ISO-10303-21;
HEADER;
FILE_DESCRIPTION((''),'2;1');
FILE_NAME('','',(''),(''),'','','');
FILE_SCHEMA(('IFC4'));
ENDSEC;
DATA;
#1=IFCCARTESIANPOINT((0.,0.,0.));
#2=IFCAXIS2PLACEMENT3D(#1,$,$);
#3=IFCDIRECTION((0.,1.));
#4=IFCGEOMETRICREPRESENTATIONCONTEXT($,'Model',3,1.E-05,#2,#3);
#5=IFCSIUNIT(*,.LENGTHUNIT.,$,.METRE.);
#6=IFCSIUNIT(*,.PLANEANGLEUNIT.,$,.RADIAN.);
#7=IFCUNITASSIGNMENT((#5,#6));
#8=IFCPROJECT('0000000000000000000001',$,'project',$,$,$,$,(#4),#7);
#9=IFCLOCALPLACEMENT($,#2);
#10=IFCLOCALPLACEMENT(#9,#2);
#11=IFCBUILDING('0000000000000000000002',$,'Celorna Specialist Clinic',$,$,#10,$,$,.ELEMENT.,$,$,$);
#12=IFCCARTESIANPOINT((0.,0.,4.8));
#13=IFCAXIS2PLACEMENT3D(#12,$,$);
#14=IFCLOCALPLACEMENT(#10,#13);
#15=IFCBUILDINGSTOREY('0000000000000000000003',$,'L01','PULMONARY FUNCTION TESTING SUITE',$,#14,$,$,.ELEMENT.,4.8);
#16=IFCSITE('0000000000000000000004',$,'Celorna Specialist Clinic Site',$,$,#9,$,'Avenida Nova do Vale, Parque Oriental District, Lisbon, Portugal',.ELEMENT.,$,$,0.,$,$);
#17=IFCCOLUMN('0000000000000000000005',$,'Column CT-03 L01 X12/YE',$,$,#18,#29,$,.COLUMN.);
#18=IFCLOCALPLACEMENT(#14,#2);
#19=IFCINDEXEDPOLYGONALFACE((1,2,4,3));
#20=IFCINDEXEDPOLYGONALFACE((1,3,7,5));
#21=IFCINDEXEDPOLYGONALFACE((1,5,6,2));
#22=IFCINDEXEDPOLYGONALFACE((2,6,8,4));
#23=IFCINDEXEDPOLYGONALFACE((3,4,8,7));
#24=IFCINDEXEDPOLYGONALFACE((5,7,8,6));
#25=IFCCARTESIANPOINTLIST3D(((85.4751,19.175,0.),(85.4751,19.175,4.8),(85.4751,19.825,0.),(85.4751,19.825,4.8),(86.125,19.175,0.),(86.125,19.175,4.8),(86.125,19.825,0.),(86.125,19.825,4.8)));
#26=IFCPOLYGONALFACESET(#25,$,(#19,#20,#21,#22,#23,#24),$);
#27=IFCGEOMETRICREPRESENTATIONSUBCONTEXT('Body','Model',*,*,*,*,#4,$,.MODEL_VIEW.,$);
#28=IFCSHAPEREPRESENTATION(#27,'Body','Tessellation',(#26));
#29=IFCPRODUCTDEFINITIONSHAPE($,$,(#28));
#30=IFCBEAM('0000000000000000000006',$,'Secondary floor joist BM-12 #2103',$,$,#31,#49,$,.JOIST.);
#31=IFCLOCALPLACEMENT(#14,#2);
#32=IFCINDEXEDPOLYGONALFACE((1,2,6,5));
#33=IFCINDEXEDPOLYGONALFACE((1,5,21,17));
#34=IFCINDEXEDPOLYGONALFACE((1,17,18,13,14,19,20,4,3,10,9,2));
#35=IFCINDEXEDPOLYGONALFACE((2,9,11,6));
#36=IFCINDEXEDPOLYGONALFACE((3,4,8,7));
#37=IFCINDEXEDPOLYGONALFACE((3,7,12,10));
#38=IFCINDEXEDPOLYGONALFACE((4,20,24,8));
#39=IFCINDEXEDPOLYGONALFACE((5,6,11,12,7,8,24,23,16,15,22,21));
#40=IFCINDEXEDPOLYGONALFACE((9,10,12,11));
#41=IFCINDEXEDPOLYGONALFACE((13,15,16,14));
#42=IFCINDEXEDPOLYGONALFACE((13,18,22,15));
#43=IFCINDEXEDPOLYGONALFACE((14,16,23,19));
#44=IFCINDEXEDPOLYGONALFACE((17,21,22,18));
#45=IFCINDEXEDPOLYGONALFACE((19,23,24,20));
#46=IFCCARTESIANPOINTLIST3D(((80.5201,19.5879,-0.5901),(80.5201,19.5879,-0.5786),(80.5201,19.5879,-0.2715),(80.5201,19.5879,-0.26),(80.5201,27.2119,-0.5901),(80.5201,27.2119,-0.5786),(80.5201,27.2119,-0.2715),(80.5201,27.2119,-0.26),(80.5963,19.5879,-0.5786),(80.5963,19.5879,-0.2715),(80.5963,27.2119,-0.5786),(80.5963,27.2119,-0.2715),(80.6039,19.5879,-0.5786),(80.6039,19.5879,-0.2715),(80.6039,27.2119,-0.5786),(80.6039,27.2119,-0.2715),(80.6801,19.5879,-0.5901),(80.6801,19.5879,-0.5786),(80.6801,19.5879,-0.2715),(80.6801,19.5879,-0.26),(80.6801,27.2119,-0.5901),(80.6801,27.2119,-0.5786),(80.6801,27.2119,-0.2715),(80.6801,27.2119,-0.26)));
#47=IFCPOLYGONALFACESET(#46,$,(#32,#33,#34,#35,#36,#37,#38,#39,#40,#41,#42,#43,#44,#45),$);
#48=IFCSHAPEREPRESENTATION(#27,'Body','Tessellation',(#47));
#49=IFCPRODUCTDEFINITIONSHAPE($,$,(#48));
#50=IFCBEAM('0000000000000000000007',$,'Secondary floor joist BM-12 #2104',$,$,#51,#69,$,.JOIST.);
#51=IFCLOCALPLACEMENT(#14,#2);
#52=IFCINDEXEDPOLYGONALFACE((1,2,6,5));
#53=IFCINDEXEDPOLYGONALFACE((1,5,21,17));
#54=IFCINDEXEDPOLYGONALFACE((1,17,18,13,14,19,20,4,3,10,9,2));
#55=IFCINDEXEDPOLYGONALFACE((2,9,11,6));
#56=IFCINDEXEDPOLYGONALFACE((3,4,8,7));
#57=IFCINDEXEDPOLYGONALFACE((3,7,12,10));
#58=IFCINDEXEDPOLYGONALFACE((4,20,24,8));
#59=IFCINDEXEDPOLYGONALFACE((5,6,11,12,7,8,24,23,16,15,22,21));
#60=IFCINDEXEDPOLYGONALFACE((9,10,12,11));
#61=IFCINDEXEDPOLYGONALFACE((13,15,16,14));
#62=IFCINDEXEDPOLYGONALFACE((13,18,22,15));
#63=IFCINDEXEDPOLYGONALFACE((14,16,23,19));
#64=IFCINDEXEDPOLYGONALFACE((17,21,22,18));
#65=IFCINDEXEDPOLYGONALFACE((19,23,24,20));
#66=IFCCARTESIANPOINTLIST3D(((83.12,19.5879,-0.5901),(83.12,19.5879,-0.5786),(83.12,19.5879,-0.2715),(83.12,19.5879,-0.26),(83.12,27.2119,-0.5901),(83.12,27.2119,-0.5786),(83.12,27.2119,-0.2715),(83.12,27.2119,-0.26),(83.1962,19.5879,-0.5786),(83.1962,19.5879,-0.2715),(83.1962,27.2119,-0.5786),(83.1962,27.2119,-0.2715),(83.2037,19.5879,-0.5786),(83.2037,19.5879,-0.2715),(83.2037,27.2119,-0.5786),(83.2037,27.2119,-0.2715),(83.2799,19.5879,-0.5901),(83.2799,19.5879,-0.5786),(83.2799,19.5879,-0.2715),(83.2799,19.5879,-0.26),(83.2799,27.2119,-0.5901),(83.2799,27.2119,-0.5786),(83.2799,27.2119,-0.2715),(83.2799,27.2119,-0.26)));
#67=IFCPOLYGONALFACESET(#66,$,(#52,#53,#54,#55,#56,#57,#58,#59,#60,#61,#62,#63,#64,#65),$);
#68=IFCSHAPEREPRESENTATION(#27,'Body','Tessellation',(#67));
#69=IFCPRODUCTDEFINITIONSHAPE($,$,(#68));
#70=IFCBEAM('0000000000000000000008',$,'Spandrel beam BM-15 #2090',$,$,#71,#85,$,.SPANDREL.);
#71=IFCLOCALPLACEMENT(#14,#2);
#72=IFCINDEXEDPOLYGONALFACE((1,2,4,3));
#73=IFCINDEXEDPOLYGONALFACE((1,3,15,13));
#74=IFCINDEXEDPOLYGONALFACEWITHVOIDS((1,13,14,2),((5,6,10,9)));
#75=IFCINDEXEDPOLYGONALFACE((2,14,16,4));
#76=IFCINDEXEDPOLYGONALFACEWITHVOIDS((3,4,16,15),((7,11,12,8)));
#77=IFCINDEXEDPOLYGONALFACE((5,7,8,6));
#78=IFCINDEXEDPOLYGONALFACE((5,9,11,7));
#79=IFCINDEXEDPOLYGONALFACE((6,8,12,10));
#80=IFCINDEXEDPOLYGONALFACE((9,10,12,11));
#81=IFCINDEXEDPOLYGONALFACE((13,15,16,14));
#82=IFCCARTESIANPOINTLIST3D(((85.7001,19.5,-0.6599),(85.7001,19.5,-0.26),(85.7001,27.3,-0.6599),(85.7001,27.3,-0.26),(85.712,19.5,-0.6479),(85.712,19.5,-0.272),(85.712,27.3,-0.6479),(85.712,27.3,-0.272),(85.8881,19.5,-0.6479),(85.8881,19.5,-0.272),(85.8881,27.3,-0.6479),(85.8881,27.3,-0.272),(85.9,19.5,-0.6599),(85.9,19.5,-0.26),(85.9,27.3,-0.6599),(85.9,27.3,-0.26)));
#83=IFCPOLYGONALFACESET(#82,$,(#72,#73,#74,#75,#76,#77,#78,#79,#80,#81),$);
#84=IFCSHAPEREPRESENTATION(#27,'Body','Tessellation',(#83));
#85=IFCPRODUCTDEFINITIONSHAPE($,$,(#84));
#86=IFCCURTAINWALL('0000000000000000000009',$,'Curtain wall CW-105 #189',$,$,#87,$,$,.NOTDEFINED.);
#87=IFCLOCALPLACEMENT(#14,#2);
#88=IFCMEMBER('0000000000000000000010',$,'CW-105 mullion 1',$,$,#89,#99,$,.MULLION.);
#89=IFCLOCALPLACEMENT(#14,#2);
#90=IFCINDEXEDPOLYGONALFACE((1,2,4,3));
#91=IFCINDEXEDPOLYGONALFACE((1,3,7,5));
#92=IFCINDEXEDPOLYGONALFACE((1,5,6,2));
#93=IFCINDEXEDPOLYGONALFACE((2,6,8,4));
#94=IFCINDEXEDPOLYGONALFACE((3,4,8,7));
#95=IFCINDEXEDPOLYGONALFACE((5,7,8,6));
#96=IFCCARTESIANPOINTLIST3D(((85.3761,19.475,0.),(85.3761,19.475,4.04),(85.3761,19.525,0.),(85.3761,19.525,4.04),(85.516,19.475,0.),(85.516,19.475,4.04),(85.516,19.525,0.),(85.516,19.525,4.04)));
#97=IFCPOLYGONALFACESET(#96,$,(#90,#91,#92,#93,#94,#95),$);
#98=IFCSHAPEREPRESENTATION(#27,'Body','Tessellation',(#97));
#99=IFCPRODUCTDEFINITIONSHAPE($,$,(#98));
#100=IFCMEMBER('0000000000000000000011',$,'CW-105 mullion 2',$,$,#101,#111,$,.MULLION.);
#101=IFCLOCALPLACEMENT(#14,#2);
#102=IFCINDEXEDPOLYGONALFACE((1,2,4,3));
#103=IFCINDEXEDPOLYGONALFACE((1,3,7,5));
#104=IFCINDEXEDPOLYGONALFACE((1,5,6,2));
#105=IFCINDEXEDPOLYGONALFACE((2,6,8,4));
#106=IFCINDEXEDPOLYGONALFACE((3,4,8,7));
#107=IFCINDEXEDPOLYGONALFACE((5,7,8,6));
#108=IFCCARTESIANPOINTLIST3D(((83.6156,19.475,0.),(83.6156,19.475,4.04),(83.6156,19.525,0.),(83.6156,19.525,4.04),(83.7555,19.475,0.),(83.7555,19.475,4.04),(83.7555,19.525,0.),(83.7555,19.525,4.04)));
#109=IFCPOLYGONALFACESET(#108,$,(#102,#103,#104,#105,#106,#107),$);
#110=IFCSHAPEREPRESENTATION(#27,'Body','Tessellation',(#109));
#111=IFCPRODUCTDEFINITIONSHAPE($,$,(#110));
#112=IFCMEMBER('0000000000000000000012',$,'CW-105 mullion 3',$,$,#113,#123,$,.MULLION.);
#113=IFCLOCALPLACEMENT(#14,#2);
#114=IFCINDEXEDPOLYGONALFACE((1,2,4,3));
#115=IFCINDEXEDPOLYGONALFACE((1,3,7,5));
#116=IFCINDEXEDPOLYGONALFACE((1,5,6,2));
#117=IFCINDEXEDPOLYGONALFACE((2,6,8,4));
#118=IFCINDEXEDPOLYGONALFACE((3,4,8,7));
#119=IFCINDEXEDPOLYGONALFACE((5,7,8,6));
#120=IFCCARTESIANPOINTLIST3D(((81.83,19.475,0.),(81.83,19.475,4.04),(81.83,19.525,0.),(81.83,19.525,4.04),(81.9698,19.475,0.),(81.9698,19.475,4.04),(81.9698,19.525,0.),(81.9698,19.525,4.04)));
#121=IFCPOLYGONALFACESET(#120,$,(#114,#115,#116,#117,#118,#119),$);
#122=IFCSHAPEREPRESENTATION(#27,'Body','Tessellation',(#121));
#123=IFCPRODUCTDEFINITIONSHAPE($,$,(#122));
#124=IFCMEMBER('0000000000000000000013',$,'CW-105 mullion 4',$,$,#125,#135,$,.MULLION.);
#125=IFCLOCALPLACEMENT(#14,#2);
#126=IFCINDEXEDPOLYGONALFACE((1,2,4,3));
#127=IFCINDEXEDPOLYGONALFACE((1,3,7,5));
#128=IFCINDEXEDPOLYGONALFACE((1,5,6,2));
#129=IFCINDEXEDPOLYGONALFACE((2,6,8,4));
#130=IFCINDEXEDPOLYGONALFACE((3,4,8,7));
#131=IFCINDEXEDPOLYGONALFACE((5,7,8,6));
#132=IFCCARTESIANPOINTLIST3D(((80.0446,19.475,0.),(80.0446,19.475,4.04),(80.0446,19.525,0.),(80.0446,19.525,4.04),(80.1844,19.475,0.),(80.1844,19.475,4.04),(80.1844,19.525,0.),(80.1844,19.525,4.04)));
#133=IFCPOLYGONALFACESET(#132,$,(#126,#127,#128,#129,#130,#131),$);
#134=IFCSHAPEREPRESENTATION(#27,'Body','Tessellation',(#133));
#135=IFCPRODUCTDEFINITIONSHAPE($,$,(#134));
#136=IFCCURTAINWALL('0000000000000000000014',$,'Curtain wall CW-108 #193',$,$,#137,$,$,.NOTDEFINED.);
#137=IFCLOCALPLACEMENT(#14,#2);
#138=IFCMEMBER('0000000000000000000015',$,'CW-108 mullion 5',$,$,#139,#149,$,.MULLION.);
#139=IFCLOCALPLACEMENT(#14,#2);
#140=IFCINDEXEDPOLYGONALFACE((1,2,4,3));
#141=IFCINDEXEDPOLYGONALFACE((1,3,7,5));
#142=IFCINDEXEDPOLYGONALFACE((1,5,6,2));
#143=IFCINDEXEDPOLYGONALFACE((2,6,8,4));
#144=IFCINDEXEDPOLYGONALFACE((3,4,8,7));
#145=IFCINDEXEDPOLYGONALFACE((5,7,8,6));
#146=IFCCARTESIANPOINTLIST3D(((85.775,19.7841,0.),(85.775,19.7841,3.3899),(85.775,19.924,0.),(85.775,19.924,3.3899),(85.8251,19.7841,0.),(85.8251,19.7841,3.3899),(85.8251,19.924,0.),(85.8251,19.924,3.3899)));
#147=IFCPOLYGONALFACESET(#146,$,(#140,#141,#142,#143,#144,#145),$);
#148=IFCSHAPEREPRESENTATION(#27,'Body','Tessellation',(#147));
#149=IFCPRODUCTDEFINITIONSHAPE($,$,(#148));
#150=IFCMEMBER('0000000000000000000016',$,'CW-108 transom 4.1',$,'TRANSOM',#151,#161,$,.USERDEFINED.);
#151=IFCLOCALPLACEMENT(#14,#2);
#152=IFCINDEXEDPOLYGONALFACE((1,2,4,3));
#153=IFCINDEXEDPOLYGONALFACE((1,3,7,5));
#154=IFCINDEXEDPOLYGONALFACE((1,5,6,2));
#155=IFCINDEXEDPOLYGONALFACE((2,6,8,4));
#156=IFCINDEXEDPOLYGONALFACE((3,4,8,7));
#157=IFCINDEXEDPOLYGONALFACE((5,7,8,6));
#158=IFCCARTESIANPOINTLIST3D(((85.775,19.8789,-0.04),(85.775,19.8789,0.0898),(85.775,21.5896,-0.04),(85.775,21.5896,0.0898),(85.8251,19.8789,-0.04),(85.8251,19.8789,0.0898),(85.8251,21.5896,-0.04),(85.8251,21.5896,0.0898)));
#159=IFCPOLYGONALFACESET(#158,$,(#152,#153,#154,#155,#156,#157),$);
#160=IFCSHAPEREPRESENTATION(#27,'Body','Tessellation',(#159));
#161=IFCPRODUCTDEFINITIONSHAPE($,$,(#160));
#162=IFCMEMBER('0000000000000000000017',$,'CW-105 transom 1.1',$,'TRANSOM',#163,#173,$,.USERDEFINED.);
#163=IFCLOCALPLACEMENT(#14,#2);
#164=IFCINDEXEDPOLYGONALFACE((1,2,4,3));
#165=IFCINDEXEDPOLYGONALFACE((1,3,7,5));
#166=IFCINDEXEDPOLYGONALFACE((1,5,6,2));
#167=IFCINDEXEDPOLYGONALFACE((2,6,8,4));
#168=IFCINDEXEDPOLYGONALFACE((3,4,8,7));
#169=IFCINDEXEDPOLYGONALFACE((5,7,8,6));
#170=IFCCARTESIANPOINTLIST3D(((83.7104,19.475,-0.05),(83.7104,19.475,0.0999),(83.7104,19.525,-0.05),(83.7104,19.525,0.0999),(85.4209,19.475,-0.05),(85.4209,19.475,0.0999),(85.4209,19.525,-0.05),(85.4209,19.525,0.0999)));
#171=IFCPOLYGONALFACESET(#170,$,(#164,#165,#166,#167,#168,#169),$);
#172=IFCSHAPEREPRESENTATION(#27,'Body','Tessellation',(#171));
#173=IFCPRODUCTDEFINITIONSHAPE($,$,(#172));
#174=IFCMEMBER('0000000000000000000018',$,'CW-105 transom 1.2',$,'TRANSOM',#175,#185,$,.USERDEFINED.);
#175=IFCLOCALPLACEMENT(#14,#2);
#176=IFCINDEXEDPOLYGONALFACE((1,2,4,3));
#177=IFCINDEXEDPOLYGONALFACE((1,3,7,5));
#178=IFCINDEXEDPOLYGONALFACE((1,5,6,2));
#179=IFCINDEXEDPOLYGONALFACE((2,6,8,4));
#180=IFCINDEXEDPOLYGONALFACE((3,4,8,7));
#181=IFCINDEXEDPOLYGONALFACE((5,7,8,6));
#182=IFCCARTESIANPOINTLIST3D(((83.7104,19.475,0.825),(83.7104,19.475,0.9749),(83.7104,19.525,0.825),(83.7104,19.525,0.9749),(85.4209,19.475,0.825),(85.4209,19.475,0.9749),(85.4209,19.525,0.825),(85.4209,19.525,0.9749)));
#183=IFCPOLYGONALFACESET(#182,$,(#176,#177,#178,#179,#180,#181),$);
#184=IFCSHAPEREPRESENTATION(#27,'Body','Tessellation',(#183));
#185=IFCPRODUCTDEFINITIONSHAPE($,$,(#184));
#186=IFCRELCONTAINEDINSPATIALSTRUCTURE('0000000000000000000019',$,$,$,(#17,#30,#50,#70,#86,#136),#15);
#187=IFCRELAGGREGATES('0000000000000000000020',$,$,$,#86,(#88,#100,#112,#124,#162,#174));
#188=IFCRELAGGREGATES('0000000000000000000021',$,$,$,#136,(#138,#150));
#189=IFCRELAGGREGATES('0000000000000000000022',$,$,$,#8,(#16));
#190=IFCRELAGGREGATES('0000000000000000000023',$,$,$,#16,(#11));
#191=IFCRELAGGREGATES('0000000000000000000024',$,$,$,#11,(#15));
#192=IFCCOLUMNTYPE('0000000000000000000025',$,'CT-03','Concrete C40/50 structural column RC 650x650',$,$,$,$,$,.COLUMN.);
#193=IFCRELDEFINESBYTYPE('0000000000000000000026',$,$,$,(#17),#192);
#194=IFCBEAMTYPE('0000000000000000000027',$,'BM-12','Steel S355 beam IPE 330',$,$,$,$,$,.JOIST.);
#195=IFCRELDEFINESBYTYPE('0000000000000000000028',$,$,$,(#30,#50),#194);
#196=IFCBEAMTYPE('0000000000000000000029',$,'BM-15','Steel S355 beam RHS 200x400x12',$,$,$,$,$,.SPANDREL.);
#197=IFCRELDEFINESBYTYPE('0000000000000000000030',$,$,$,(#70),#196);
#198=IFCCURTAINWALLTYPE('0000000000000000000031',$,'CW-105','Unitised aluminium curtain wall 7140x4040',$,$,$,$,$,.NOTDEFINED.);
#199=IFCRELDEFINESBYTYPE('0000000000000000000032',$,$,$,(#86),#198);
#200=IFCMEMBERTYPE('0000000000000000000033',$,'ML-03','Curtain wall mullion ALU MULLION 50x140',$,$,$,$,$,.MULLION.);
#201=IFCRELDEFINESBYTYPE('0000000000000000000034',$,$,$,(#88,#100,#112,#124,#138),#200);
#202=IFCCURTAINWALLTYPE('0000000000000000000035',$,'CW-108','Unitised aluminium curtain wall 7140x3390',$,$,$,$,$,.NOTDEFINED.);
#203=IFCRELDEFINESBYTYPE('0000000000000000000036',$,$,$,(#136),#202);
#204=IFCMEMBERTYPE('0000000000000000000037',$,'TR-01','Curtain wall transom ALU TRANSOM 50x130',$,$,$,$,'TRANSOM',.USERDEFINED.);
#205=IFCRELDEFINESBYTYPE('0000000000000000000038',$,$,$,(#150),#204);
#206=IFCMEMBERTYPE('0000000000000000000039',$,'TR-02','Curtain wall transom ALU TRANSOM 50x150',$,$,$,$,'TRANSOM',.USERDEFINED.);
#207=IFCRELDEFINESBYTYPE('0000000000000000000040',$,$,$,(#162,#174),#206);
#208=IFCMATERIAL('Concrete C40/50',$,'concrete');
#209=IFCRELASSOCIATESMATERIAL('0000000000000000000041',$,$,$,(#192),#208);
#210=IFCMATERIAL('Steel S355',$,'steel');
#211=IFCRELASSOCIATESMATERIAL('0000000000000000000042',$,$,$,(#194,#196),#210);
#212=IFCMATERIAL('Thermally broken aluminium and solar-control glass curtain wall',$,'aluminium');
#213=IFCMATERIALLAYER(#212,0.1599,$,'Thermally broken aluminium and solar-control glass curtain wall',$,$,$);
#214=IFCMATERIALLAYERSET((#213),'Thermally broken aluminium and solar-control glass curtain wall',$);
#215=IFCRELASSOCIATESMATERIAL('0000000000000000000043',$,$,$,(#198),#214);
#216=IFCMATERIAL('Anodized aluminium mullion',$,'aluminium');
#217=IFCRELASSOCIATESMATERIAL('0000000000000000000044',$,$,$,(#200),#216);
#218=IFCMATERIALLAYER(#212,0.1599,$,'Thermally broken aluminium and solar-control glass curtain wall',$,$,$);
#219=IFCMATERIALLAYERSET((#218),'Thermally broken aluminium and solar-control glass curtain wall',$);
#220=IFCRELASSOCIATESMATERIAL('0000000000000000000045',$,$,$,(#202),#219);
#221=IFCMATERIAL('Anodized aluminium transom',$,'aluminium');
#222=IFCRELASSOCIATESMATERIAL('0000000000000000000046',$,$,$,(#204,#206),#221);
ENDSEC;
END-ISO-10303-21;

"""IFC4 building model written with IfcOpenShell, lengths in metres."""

from ifc_helpers import new_model, si_unit, direction, frame, origin, origin_2d, place, context, subcontext, project, spatial, rectangle, hollow_rectangle, i_section, extrude, material, layer, layer_set, material_profile, profile_set, type_object, element, aggregate, save


model = new_model("IFC4")

# Units and contexts
model_context = context("Model", 3, precision=1e-05, world=origin(), true_north=direction((0.0, 1.0)))
body_context = subcontext(model_context, "Body", "Model", "MODEL_VIEW")
ifc_project = project(units=[si_unit("LENGTHUNIT", "METRE"), si_unit("PLANEANGLEUNIT", "RADIAN")], contexts=[model_context])

# Site, building, storey
site_placement = place(None, origin())
site = spatial("IfcSite", under=ifc_project, at=site_placement, Name="Celorna Specialist Clinic Site", LongName="Avenida Nova do Vale, Parque Oriental District, Lisbon, Portugal", CompositionType="ELEMENT", RefElevation=0.0)
building_placement = place(site_placement, origin())
building = spatial("IfcBuilding", under=site, at=building_placement, Name="Celorna Specialist Clinic", CompositionType="ELEMENT")
storey_placement = place(building_placement, frame((0.0, 0.0, 4.8)))
storey = spatial("IfcBuildingStorey", under=building, at=storey_placement, Name="L01", Description="PULMONARY FUNCTION TESTING SUITE", CompositionType="ELEMENT", Elevation=4.8)

# Column
ifc_material_1 = material(Name="Concrete C40/50", Category="concrete")
ifc_material_profile_1 = material_profile(ifc_material_1, rectangle(XDim=0.6499, YDim=0.6499, at=origin_2d()), Name="RC 650x650")
ifc_profile_set_1 = profile_set([ifc_material_profile_1], Name="Concrete C40/50")
column_type = type_object("IfcColumnType", Name="CT-03", Description="Concrete C40/50 structural column RC 650x650", PredefinedType="COLUMN", material=ifc_profile_set_1)
column_placement = place(storey_placement, frame((85.8, 19.5, 0.0), z_axis=(0.0, 0.0, 1.0), x_axis=(1.0, 0.0, 0.0)))
element("IfcColumn", 1, at=column_placement, inside=storey, type_object=column_type, Name="Column CT-03 L01 X12/YE", PredefinedType="COLUMN", context=body_context, shape_type="SweptSolid", body=[
    extrude(rectangle(XDim=0.6499, YDim=0.6499, at=origin_2d()), origin(), (0.0, 0.0, 1.0), 4.8),
])

# Beams
ifc_material_2 = material(Name="Steel S355", Category="steel")
ifc_material_profile_2 = material_profile(ifc_material_2, i_section(OverallWidth=0.1599, OverallDepth=0.3301, WebThickness=0.0076, FlangeThickness=0.0115, at=origin_2d()), Name="IPE 330")
ifc_profile_set_2 = profile_set([ifc_material_profile_2], Name="Steel S355")
beam_type_1 = type_object("IfcBeamType", Name="BM-12", Description="Steel S355 beam IPE 330", PredefinedType="JOIST", material=ifc_profile_set_2)
for number, where, z_axis, x_axis, name in (
    (2, (80.6001, 19.5879, -0.425), (0.0, 1.0, 0.0), (-1.0, 0.0, 0.0), "Secondary floor joist BM-12 #2103"),
    (3, (83.2, 19.5879, -0.425), (0.0, 1.0, 0.0), (-1.0, 0.0, 0.0), "Secondary floor joist BM-12 #2104"),
):
    element("IfcBeam", number, at=place(storey_placement, frame(where, z_axis=z_axis, x_axis=x_axis)), inside=storey, type_object=beam_type_1, Name=name, PredefinedType="JOIST", context=body_context, shape_type="SweptSolid", body=[
        extrude(i_section(OverallWidth=0.1599, OverallDepth=0.3301, WebThickness=0.0076, FlangeThickness=0.0115, at=origin_2d()), origin(), (0.0, 0.0, 1.0), 7.624),
    ])
ifc_material_profile_3 = material_profile(ifc_material_2, hollow_rectangle(XDim=0.2, YDim=0.3999, WallThickness=0.012, at=origin_2d()), Name="RHS 200x400x12")
ifc_profile_set_3 = profile_set([ifc_material_profile_3], Name="Steel S355")
beam_type_2 = type_object("IfcBeamType", Name="BM-15", Description="Steel S355 beam RHS 200x400x12", PredefinedType="SPANDREL", material=ifc_profile_set_3)
beam_placement = place(storey_placement, frame((85.8, 19.5, -0.46), z_axis=(0.0, 1.0, 0.0), x_axis=(-1.0, 0.0, 0.0)))
element("IfcBeam", 4, at=beam_placement, inside=storey, type_object=beam_type_2, Name="Spandrel beam BM-15 #2090", PredefinedType="SPANDREL", context=body_context, shape_type="SweptSolid", body=[
    extrude(hollow_rectangle(XDim=0.2, YDim=0.3999, WallThickness=0.012, at=origin_2d()), origin(), (0.0, 0.0, 1.0), 7.8),
])

# Curtain walls, members
ifc_material_3 = material(Name="Thermally broken aluminium and solar-control glass curtain wall", Category="aluminium")
ifc_layer_1 = layer(ifc_material_3, 0.1599, Name="Thermally broken aluminium and solar-control glass curtain wall")
ifc_layer_set_1 = layer_set([ifc_layer_1], Name="Thermally broken aluminium and solar-control glass curtain wall")
curtain_wall_type_1 = type_object("IfcCurtainWallType", Name="CW-105", Description="Unitised aluminium curtain wall 7140x4040", PredefinedType="NOTDEFINED", material=ifc_layer_set_1)
curtain_wall_1_placement = place(storey_placement, origin())
curtain_wall_1 = element("IfcCurtainWall", 5, at=curtain_wall_1_placement, inside=storey, type_object=curtain_wall_type_1, Name="Curtain wall CW-105 #189", PredefinedType="NOTDEFINED")
ifc_material_4 = material(Name="Anodized aluminium mullion", Category="aluminium")
ifc_material_profile_4 = material_profile(ifc_material_4, rectangle(XDim=0.05, YDim=0.1399, at=origin_2d()), Name="ALU MULLION 50x140")
ifc_profile_set_4 = profile_set([ifc_material_profile_4], Name="Anodized aluminium mullion")
member_type_1 = type_object("IfcMemberType", Name="ML-03", Description="Curtain wall mullion ALU MULLION 50x140", PredefinedType="MULLION", material=ifc_profile_set_4)
member_1_placement = place(storey_placement, frame((85.446, 19.5, 0.0), z_axis=(0.0, 0.0, 1.0), x_axis=(0.0, -1.0, 0.0)))
member_1 = element("IfcMember", 6, at=member_1_placement, type_object=member_type_1, Name="CW-105 mullion 1", PredefinedType="MULLION", context=body_context, shape_type="SweptSolid", body=[
    extrude(rectangle(XDim=0.05, YDim=0.1399, at=origin_2d()), origin(), (0.0, 0.0, 1.0), 4.04),
])
member_2_placement = place(storey_placement, frame((83.6855, 19.5, 0.0), z_axis=(0.0, 0.0, 1.0), x_axis=(0.0, -1.0, 0.0)))
member_2 = element("IfcMember", 7, at=member_2_placement, type_object=member_type_1, Name="CW-105 mullion 2", PredefinedType="MULLION", context=body_context, shape_type="SweptSolid", body=[
    extrude(rectangle(XDim=0.05, YDim=0.1399, at=origin_2d()), origin(), (0.0, 0.0, 1.0), 4.04),
])
member_3_placement = place(storey_placement, frame((81.8999, 19.5, 0.0), z_axis=(0.0, 0.0, 1.0), x_axis=(0.0, -1.0, 0.0)))
member_3 = element("IfcMember", 8, at=member_3_placement, type_object=member_type_1, Name="CW-105 mullion 3", PredefinedType="MULLION", context=body_context, shape_type="SweptSolid", body=[
    extrude(rectangle(XDim=0.05, YDim=0.1399, at=origin_2d()), origin(), (0.0, 0.0, 1.0), 4.04),
])
member_4_placement = place(storey_placement, frame((80.1145, 19.5, 0.0), z_axis=(0.0, 0.0, 1.0), x_axis=(0.0, -1.0, 0.0)))
member_4 = element("IfcMember", 9, at=member_4_placement, type_object=member_type_1, Name="CW-105 mullion 4", PredefinedType="MULLION", context=body_context, shape_type="SweptSolid", body=[
    extrude(rectangle(XDim=0.05, YDim=0.1399, at=origin_2d()), origin(), (0.0, 0.0, 1.0), 4.04),
])
ifc_layer_2 = layer(ifc_material_3, 0.1599, Name="Thermally broken aluminium and solar-control glass curtain wall")
ifc_layer_set_2 = layer_set([ifc_layer_2], Name="Thermally broken aluminium and solar-control glass curtain wall")
curtain_wall_type_2 = type_object("IfcCurtainWallType", Name="CW-108", Description="Unitised aluminium curtain wall 7140x3390", PredefinedType="NOTDEFINED", material=ifc_layer_set_2)
curtain_wall_2_placement = place(storey_placement, origin())
curtain_wall_2 = element("IfcCurtainWall", 10, at=curtain_wall_2_placement, inside=storey, type_object=curtain_wall_type_2, Name="Curtain wall CW-108 #193", PredefinedType="NOTDEFINED")
member_5_placement = place(storey_placement, frame((85.8, 19.854, 0.0), z_axis=(0.0, 0.0, 1.0), x_axis=(1.0, 0.0, 0.0)))
member_5 = element("IfcMember", 11, at=member_5_placement, type_object=member_type_1, Name="CW-108 mullion 5", PredefinedType="MULLION", context=body_context, shape_type="SweptSolid", body=[
    extrude(rectangle(XDim=0.05, YDim=0.1399, at=origin_2d()), origin(), (0.0, 0.0, 1.0), 3.3899),
])
ifc_material_5 = material(Name="Anodized aluminium transom", Category="aluminium")
ifc_material_profile_5 = material_profile(ifc_material_5, rectangle(XDim=0.05, YDim=0.1299, at=origin_2d()), Name="ALU TRANSOM 50x130")
ifc_profile_set_5 = profile_set([ifc_material_profile_5], Name="Anodized aluminium transom")
member_type_2 = type_object("IfcMemberType", Name="TR-01", Description="Curtain wall transom ALU TRANSOM 50x130", ElementType="TRANSOM", PredefinedType="USERDEFINED", material=ifc_profile_set_5)
member_6_placement = place(storey_placement, frame((85.8, 21.5896, 0.0249), z_axis=(0.0, -1.0, 0.0), x_axis=(1.0, 0.0, 0.0)))
member_6 = element("IfcMember", 12, at=member_6_placement, type_object=member_type_2, Name="CW-108 transom 4.1", ObjectType="TRANSOM", PredefinedType="USERDEFINED", context=body_context, shape_type="SweptSolid", body=[
    extrude(rectangle(XDim=0.05, YDim=0.1299, at=origin_2d()), origin(), (0.0, 0.0, 1.0), 1.7107),
])

# Members
ifc_material_profile_6 = material_profile(ifc_material_5, rectangle(XDim=0.05, YDim=0.1499, at=origin_2d()), Name="ALU TRANSOM 50x150")
ifc_profile_set_6 = profile_set([ifc_material_profile_6], Name="Anodized aluminium transom")
member_type_3 = type_object("IfcMemberType", Name="TR-02", Description="Curtain wall transom ALU TRANSOM 50x150", ElementType="TRANSOM", PredefinedType="USERDEFINED", material=ifc_profile_set_6)
member_7_placement = place(storey_placement, frame((85.4209, 19.5, 0.0249), z_axis=(-1.0, 0.0, 0.0), x_axis=(0.0, -1.0, 0.0)))
member_7 = element("IfcMember", 13, at=member_7_placement, type_object=member_type_3, Name="CW-105 transom 1.1", ObjectType="TRANSOM", PredefinedType="USERDEFINED", context=body_context, shape_type="SweptSolid", body=[
    extrude(rectangle(XDim=0.05, YDim=0.1499, at=origin_2d()), origin(), (0.0, 0.0, 1.0), 1.7104),
])
member_8_placement = place(storey_placement, frame((85.4209, 19.5, 0.8999), z_axis=(-1.0, 0.0, 0.0), x_axis=(0.0, -1.0, 0.0)))
member_8 = element("IfcMember", 14, at=member_8_placement, type_object=member_type_3, Name="CW-105 transom 1.2", ObjectType="TRANSOM", PredefinedType="USERDEFINED", context=body_context, shape_type="SweptSolid", body=[
    extrude(rectangle(XDim=0.05, YDim=0.1499, at=origin_2d()), origin(), (0.0, 0.0, 1.0), 1.7104),
])

aggregate(curtain_wall_1, [member_1, member_2, member_3, member_4, member_7, member_8])
aggregate(curtain_wall_2, [member_5, member_6])

save(model, "model.ifc")
